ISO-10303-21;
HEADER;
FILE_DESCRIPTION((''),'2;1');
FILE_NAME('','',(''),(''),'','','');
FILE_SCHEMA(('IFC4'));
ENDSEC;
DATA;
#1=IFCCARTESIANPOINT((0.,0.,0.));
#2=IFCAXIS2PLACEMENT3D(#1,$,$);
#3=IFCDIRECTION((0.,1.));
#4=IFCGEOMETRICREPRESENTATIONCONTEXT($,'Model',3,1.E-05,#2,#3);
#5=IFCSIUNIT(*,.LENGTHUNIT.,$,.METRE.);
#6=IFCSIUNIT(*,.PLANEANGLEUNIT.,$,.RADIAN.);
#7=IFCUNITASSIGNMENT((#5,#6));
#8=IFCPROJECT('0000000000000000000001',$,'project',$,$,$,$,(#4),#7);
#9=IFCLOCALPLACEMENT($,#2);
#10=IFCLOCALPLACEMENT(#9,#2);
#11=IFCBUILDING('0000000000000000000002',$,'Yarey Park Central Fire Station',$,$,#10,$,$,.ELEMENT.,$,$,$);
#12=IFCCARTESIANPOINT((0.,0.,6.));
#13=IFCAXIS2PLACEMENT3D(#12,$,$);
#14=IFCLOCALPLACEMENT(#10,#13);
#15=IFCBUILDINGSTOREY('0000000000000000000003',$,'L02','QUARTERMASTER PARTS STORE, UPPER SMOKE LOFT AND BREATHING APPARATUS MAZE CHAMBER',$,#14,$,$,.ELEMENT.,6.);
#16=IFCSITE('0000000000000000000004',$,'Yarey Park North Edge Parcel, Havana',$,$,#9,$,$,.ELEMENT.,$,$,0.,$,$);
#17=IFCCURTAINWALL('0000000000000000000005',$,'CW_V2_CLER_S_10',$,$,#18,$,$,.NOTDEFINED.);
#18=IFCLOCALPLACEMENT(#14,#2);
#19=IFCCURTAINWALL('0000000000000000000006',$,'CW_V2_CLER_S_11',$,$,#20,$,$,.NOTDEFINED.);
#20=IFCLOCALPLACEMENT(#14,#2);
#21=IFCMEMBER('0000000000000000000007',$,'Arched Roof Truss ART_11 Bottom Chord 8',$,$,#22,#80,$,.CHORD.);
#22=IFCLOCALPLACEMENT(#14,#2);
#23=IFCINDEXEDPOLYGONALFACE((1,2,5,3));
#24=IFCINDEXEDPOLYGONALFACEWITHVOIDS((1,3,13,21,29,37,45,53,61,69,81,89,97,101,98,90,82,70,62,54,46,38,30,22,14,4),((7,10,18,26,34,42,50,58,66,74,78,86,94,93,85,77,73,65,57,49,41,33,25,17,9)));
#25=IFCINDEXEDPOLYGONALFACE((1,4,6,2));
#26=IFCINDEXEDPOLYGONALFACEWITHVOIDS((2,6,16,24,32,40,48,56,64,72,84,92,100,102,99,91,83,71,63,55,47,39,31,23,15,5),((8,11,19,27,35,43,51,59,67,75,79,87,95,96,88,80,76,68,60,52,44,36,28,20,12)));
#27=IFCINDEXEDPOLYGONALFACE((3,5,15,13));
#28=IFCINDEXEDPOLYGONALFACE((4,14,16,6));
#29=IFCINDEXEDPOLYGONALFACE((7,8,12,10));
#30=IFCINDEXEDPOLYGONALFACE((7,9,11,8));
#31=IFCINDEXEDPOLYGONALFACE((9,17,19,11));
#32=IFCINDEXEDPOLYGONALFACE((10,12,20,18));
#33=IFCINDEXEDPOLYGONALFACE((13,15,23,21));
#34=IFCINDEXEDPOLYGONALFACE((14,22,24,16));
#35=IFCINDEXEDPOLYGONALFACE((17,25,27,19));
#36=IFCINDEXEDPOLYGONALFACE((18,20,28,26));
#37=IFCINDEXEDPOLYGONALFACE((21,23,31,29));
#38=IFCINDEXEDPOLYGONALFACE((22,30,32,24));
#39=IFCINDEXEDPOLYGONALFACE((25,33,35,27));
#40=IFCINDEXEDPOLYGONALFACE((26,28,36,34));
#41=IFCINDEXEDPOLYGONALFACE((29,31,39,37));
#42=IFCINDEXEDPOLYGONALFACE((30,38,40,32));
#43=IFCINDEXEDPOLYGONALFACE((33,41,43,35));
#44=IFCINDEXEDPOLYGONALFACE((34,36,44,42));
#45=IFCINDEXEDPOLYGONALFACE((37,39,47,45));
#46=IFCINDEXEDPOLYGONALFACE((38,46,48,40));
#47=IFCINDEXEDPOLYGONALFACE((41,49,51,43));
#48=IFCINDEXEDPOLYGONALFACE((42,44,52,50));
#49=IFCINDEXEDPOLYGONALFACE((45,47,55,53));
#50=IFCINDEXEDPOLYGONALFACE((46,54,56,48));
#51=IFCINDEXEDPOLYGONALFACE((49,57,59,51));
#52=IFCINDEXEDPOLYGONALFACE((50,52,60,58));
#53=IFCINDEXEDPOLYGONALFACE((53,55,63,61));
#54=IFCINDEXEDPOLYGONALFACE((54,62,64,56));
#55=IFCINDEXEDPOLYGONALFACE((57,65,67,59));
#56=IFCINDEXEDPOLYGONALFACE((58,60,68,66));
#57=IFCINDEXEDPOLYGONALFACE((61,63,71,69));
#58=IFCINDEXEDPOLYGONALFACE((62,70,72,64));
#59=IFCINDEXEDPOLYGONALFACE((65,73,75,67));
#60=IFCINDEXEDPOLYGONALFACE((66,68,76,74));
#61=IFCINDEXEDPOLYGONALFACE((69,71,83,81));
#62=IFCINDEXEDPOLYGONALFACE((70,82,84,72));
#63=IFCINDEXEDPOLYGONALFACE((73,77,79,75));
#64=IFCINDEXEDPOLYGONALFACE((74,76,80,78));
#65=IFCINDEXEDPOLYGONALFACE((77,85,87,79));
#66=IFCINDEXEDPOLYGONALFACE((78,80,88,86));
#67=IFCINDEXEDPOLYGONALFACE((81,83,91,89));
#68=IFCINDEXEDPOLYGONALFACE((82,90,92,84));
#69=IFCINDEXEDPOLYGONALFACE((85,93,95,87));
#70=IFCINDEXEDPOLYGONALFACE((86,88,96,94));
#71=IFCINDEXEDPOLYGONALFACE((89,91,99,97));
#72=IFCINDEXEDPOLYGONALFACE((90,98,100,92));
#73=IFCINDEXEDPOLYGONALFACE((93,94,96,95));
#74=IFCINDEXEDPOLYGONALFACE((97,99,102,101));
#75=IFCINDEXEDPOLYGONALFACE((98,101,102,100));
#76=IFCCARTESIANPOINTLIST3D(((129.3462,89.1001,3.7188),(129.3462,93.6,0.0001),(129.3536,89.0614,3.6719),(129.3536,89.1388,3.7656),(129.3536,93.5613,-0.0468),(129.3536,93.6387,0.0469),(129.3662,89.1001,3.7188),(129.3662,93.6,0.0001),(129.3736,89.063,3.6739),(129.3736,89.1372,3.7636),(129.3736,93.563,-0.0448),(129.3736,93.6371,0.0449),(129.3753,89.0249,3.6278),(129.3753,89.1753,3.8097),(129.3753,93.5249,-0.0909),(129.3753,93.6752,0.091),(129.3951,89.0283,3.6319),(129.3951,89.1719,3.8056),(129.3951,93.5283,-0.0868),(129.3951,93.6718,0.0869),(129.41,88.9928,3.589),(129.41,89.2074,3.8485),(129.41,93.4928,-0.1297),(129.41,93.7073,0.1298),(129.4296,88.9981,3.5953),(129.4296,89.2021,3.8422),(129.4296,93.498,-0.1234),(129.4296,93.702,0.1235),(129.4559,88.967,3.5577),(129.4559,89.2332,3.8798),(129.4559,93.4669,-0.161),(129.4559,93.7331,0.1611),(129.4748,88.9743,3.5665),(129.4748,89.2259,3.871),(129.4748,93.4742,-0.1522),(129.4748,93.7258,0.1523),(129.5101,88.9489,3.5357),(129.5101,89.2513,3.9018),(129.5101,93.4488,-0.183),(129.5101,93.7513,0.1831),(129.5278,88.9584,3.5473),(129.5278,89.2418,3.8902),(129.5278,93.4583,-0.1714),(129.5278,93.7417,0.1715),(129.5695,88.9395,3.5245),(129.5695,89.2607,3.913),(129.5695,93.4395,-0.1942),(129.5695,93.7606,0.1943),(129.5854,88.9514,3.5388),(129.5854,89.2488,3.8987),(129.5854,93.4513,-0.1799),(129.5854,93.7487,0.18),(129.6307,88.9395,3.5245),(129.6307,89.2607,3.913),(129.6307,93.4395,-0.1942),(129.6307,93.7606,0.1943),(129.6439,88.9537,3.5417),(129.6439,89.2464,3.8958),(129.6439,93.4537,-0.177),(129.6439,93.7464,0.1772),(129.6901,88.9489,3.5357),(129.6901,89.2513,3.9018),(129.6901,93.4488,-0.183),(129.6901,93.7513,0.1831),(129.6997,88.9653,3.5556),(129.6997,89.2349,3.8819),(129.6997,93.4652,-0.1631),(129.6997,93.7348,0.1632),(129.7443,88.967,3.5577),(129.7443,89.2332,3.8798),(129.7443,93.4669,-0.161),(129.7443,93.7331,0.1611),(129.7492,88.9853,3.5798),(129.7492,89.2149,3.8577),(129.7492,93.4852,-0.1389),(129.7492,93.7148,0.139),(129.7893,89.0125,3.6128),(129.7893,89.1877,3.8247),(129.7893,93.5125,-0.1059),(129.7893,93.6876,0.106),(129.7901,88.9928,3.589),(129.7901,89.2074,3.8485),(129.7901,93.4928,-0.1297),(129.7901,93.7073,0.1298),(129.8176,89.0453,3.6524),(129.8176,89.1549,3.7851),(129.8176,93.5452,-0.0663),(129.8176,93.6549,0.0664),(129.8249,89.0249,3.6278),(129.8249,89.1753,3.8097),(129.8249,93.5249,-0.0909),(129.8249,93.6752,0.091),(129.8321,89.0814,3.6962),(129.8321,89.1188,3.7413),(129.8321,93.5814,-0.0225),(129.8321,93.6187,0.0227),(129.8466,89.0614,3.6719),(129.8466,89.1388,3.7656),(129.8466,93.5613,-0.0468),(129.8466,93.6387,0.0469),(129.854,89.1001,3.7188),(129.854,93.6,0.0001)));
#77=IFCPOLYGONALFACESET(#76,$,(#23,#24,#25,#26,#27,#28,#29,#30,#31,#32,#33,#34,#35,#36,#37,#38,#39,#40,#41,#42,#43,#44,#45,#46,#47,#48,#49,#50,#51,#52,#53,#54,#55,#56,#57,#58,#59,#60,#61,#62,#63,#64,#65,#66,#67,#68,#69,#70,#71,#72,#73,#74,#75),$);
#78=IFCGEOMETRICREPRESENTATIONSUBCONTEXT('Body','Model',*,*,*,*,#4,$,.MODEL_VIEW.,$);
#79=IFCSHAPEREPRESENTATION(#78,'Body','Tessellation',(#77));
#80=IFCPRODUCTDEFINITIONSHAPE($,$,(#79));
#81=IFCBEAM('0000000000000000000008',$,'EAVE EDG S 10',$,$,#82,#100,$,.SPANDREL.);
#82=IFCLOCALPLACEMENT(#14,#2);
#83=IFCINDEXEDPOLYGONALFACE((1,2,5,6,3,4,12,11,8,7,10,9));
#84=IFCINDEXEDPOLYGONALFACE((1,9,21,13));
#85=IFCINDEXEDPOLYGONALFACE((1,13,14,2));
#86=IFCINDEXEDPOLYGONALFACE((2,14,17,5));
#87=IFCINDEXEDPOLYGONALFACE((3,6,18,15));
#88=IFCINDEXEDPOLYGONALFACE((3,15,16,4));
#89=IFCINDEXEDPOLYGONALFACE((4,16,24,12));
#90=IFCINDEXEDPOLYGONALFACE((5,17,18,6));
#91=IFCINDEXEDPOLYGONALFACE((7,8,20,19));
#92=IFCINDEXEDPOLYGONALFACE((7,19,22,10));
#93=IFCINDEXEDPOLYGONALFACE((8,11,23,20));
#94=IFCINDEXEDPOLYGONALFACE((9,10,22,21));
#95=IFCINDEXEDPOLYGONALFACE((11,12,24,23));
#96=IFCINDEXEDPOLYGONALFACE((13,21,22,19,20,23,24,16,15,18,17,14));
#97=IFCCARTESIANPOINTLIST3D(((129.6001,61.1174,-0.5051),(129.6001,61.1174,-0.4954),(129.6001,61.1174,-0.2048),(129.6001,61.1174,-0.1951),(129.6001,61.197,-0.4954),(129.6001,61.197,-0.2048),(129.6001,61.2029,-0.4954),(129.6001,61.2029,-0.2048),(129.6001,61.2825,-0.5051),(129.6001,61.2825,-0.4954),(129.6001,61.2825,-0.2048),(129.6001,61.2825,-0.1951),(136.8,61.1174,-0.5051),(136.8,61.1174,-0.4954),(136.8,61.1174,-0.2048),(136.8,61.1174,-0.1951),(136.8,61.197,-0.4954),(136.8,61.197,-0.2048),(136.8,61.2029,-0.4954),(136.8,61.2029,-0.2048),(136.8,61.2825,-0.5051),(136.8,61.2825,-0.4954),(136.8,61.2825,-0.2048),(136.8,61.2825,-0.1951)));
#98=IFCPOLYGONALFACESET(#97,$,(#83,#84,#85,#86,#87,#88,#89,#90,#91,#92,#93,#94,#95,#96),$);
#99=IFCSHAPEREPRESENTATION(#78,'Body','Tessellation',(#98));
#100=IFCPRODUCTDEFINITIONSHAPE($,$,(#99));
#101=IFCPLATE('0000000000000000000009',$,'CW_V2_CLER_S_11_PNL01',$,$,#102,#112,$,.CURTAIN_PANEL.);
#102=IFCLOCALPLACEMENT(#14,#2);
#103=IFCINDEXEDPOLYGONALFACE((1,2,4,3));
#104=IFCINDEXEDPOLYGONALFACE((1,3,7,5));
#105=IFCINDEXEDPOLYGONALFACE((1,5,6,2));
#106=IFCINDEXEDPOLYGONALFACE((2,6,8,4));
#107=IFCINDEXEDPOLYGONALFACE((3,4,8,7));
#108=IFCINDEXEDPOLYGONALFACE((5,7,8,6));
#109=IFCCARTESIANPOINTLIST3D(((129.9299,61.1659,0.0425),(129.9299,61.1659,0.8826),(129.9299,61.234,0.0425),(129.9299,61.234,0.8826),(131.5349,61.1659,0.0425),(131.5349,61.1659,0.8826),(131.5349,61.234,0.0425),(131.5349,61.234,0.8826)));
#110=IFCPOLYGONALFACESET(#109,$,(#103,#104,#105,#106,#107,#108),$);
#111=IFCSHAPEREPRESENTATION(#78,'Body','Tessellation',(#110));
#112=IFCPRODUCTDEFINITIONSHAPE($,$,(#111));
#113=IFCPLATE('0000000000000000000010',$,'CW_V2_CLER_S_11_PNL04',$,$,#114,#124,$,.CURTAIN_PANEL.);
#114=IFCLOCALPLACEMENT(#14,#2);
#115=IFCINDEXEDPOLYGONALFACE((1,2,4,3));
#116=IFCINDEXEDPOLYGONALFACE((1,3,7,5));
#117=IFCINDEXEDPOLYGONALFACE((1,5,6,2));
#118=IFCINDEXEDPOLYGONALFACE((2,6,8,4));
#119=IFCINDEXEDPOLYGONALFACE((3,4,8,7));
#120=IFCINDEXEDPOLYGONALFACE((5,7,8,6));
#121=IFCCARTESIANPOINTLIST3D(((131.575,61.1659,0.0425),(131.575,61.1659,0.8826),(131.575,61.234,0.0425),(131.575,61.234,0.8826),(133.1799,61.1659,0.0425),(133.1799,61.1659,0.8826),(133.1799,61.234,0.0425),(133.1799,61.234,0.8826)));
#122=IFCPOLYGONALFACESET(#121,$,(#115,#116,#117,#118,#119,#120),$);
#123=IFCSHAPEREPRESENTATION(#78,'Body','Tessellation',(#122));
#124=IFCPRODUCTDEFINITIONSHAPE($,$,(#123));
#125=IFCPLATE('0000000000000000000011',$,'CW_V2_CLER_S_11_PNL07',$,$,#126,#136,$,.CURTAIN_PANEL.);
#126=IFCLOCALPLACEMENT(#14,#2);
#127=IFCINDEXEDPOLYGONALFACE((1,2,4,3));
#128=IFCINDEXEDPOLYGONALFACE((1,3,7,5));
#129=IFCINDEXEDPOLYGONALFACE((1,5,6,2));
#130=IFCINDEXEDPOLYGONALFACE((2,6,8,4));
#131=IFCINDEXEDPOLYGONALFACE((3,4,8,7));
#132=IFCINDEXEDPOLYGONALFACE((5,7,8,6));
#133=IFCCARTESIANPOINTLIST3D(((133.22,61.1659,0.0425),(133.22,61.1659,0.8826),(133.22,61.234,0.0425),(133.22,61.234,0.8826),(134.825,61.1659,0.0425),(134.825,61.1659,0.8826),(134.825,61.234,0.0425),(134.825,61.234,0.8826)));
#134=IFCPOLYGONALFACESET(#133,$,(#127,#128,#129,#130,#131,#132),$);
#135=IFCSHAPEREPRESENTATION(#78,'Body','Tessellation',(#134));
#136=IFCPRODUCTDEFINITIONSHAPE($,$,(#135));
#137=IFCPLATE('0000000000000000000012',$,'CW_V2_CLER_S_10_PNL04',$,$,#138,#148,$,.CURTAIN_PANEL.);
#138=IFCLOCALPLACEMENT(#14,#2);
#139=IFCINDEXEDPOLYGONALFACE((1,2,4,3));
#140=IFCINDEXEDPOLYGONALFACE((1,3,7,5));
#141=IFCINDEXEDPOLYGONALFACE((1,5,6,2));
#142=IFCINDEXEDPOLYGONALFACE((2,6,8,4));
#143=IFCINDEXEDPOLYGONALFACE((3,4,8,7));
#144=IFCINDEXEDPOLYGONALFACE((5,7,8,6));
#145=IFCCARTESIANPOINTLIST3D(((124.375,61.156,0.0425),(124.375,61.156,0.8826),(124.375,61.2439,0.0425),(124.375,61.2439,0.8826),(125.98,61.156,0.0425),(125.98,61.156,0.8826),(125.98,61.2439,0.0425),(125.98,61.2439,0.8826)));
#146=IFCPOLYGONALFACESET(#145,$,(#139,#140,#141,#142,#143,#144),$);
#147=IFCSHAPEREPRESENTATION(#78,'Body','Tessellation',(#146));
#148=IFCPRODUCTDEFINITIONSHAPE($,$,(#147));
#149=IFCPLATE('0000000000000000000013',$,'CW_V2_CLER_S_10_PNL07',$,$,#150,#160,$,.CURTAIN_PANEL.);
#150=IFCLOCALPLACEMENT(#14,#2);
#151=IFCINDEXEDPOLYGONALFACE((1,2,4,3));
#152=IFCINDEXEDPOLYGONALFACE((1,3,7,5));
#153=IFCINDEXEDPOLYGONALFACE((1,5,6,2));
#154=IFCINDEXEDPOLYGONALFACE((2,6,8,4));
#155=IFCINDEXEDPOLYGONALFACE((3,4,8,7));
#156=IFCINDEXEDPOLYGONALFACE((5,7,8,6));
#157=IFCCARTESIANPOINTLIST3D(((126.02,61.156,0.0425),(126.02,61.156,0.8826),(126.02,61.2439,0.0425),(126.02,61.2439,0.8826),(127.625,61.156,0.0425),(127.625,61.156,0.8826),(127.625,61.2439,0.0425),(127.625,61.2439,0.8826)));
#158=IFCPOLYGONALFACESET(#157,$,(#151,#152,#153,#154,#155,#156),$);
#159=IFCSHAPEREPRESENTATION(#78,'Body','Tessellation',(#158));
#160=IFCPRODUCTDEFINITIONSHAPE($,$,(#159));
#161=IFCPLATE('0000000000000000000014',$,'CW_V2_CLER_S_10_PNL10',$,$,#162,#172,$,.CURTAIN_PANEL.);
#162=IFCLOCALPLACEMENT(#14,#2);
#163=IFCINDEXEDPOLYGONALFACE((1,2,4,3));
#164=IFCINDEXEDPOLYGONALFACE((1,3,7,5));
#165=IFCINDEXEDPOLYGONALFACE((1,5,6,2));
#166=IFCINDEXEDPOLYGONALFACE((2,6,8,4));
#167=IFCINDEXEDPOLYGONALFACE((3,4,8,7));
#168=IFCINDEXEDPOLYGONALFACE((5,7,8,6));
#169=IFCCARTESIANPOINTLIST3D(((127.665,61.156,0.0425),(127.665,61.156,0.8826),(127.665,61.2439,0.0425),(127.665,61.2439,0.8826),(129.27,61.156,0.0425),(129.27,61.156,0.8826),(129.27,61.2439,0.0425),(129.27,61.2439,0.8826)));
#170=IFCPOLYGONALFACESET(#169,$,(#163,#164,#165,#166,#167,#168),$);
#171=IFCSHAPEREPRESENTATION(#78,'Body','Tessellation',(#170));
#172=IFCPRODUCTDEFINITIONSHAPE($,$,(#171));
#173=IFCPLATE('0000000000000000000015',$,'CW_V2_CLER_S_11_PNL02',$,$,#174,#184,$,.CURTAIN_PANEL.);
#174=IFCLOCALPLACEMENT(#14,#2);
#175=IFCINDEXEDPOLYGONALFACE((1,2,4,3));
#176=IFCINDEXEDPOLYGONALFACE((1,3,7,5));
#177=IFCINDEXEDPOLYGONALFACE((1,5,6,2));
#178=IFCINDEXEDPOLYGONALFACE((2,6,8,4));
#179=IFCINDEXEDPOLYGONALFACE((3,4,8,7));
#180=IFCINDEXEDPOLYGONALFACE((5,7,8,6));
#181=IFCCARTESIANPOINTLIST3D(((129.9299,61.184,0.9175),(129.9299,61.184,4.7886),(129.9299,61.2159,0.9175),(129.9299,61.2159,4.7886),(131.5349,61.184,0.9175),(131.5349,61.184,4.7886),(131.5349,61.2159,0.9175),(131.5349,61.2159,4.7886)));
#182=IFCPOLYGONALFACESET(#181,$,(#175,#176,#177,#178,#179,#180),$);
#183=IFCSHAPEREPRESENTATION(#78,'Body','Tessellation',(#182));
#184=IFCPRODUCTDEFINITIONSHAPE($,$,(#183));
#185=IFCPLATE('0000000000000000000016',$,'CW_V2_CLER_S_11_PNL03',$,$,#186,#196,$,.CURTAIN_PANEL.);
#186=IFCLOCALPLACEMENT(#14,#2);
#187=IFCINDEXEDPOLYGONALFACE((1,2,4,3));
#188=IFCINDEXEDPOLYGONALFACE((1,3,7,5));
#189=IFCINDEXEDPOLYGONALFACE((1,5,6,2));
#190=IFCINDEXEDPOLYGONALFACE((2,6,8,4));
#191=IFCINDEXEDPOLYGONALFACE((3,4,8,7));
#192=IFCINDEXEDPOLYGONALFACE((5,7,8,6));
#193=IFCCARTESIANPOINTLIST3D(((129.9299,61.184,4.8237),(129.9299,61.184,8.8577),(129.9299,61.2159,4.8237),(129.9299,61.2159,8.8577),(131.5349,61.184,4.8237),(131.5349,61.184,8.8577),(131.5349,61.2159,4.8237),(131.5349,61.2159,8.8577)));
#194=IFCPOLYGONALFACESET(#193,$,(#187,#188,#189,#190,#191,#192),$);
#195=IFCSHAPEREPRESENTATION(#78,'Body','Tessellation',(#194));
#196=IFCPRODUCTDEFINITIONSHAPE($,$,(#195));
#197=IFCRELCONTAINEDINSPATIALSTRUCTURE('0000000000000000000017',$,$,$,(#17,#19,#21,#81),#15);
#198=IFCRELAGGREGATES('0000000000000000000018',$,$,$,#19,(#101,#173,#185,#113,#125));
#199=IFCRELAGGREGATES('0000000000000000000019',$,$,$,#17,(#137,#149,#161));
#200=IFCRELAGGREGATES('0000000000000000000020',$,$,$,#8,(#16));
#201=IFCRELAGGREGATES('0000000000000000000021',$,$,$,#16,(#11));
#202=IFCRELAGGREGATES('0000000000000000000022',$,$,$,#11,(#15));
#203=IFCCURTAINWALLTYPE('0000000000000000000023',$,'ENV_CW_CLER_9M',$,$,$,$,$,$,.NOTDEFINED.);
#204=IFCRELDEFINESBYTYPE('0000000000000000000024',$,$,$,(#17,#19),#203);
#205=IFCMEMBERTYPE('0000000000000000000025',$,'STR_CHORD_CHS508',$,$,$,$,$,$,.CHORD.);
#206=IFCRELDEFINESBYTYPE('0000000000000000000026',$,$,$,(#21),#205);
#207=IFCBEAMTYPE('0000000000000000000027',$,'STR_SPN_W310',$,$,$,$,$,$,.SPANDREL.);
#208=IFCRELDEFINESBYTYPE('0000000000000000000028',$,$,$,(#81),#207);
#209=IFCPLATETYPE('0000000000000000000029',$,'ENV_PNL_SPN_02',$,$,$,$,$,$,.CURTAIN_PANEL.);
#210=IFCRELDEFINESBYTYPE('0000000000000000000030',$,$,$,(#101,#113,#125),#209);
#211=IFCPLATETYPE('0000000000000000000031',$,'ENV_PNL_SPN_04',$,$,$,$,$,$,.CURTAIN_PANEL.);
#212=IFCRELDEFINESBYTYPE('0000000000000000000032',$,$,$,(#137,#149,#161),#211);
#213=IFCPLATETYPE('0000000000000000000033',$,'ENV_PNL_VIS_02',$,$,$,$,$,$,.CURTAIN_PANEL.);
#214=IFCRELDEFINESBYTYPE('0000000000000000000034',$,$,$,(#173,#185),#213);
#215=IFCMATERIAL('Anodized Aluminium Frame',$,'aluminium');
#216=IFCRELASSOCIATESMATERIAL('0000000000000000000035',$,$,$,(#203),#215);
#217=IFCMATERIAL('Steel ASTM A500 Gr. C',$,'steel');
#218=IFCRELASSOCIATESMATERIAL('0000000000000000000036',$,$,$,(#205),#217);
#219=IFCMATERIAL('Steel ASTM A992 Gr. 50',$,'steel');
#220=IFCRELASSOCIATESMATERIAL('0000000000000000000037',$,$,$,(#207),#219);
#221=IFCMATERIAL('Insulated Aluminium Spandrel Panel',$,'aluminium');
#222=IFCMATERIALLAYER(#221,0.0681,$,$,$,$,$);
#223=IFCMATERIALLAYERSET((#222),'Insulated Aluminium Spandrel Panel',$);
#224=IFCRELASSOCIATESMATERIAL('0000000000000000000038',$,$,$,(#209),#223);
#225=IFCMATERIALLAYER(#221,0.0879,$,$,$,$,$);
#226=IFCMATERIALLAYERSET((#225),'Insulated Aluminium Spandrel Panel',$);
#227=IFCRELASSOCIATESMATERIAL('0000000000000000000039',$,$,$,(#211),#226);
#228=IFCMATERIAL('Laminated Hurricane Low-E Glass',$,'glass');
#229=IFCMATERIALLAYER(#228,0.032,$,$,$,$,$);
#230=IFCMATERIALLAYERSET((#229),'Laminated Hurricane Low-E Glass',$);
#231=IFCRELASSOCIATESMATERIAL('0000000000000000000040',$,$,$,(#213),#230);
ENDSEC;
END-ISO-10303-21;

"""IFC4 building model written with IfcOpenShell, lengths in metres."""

from ifc_helpers import new_model, si_unit, direction, frame, origin, origin_2d, place, context, subcontext, project, spatial, rectangle, hollow_circle, i_section, extrude, material, layer, layer_set, material_profile, profile_set, type_object, element, aggregate, save


model = new_model("IFC4")

# Units and contexts
model_context = context("Model", 3, precision=1e-05, world=origin(), true_north=direction((0.0, 1.0)))
body_context = subcontext(model_context, "Body", "Model", "MODEL_VIEW")
ifc_project = project(units=[si_unit("LENGTHUNIT", "METRE"), si_unit("PLANEANGLEUNIT", "RADIAN")], contexts=[model_context])

# Site, building, storey
site_placement = place(None, origin())
site = spatial("IfcSite", under=ifc_project, at=site_placement, Name="Yarey Park North Edge Parcel, Havana", CompositionType="ELEMENT", RefElevation=0.0)
building_placement = place(site_placement, origin())
building = spatial("IfcBuilding", under=site, at=building_placement, Name="Yarey Park Central Fire Station", CompositionType="ELEMENT")
storey_placement = place(building_placement, frame((0.0, 0.0, 6.0)))
storey = spatial("IfcBuildingStorey", under=building, at=storey_placement, Name="L02", Description="QUARTERMASTER PARTS STORE, UPPER SMOKE LOFT AND BREATHING APPARATUS MAZE CHAMBER", CompositionType="ELEMENT", Elevation=6.0)

# Curtain walls
ifc_material_1 = material(Name="Anodized Aluminium Frame", Category="aluminium")
curtain_wall_type = type_object("IfcCurtainWallType", Name="ENV_CW_CLER_9M", PredefinedType="NOTDEFINED", material=ifc_material_1)
curtain_wall_1_placement = place(storey_placement, origin())
curtain_wall_1 = element("IfcCurtainWall", 1, at=curtain_wall_1_placement, inside=storey, type_object=curtain_wall_type, Name="CW_V2_CLER_S_10", PredefinedType="NOTDEFINED")
curtain_wall_2_placement = place(storey_placement, origin())
curtain_wall_2 = element("IfcCurtainWall", 2, at=curtain_wall_2_placement, inside=storey, type_object=curtain_wall_type, Name="CW_V2_CLER_S_11", PredefinedType="NOTDEFINED")

# Member
ifc_material_2 = material(Name="Steel ASTM A500 Gr. C", Category="steel")
ifc_material_profile_1 = material_profile(ifc_material_2, hollow_circle(Radius=0.2539, WallThickness=0.02, at=origin_2d()), Name="CHS 508x20")
ifc_profile_set_1 = profile_set([ifc_material_profile_1], Name="Steel ASTM A500 Gr. C")
member_type_1 = type_object("IfcMemberType", Name="STR_CHORD_CHS508", PredefinedType="CHORD", material=ifc_profile_set_1)
member_1_placement = place(storey_placement, frame((129.6001, 89.1001, 3.7188), z_axis=(0.0, 0.770847, -0.63702), x_axis=(-1.0, 0.0, 0.0)))
element("IfcMember", 3, at=member_1_placement, inside=storey, type_object=member_type_1, Name="Arched Roof Truss ART_11 Bottom Chord 8", PredefinedType="CHORD", context=body_context, shape_type="SweptSolid", body=[
    extrude(hollow_circle(Radius=0.2539, WallThickness=0.02, at=origin_2d()), origin(), (0.0, 0.0, 1.0), 5.8376),
])

# Beam
ifc_material_3 = material(Name="Steel ASTM A992 Gr. 50", Category="steel")
ifc_material_profile_2 = material_profile(ifc_material_3, i_section(OverallWidth=0.165, OverallDepth=0.3101, WebThickness=0.0059, FlangeThickness=0.0098, at=origin_2d()), Name="W310x39")
ifc_profile_set_2 = profile_set([ifc_material_profile_2], Name="Steel ASTM A992 Gr. 50")
beam_type = type_object("IfcBeamType", Name="STR_SPN_W310", PredefinedType="SPANDREL", material=ifc_profile_set_2)
beam_placement = place(storey_placement, frame((129.6001, 61.2, -0.3501), z_axis=(1.0, 0.0, 0.0), x_axis=(0.0, 1.0, 0.0)))
element("IfcBeam", 4, at=beam_placement, inside=storey, type_object=beam_type, Name="EAVE EDG S 10", PredefinedType="SPANDREL", context=body_context, shape_type="SweptSolid", body=[
    extrude(i_section(OverallWidth=0.165, OverallDepth=0.3101, WebThickness=0.0059, FlangeThickness=0.0098, at=origin_2d()), origin(), (0.0, 0.0, 1.0), 7.2),
])

# Plates
ifc_material_4 = material(Name="Insulated Aluminium Spandrel Panel", Category="aluminium")
ifc_layer_1 = layer(ifc_material_4, 0.0681)
ifc_layer_set_1 = layer_set([ifc_layer_1], Name="Insulated Aluminium Spandrel Panel")
plate_type_1 = type_object("IfcPlateType", Name="ENV_PNL_SPN_02", PredefinedType="CURTAIN_PANEL", material=ifc_layer_set_1)
plate_1_placement = place(storey_placement, frame((130.7324, 61.2, 0.0425), z_axis=(0.0, 0.0, 1.0), x_axis=(1.0, 0.0, 0.0)))
plate_1 = element("IfcPlate", 5, at=plate_1_placement, type_object=plate_type_1, Name="CW_V2_CLER_S_11_PNL01", PredefinedType="CURTAIN_PANEL", context=body_context, shape_type="SweptSolid", body=[
    extrude(rectangle(XDim=1.605, YDim=0.0681, at=origin_2d()), origin(), (0.0, 0.0, 1.0), 0.8401),
])
plate_2_placement = place(storey_placement, frame((132.3774, 61.2, 0.0425), z_axis=(0.0, 0.0, 1.0), x_axis=(1.0, 0.0, 0.0)))
plate_2 = element("IfcPlate", 6, at=plate_2_placement, type_object=plate_type_1, Name="CW_V2_CLER_S_11_PNL04", PredefinedType="CURTAIN_PANEL", context=body_context, shape_type="SweptSolid", body=[
    extrude(rectangle(XDim=1.605, YDim=0.0681, at=origin_2d()), origin(), (0.0, 0.0, 1.0), 0.8401),
])
plate_3_placement = place(storey_placement, frame((134.0225, 61.2, 0.0425), z_axis=(0.0, 0.0, 1.0), x_axis=(1.0, 0.0, 0.0)))
plate_3 = element("IfcPlate", 7, at=plate_3_placement, type_object=plate_type_1, Name="CW_V2_CLER_S_11_PNL07", PredefinedType="CURTAIN_PANEL", context=body_context, shape_type="SweptSolid", body=[
    extrude(rectangle(XDim=1.605, YDim=0.0681, at=origin_2d()), origin(), (0.0, 0.0, 1.0), 0.8401),
])
ifc_layer_2 = layer(ifc_material_4, 0.0879)
ifc_layer_set_2 = layer_set([ifc_layer_2], Name="Insulated Aluminium Spandrel Panel")
plate_type_2 = type_object("IfcPlateType", Name="ENV_PNL_SPN_04", PredefinedType="CURTAIN_PANEL", material=ifc_layer_set_2)
plate_4_placement = place(storey_placement, frame((125.1775, 61.2, 0.0425), z_axis=(0.0, 0.0, 1.0), x_axis=(1.0, 0.0, 0.0)))
plate_4 = element("IfcPlate", 8, at=plate_4_placement, type_object=plate_type_2, Name="CW_V2_CLER_S_10_PNL04", PredefinedType="CURTAIN_PANEL", context=body_context, shape_type="SweptSolid", body=[
    extrude(rectangle(XDim=1.605, YDim=0.0879, at=origin_2d()), origin(), (0.0, 0.0, 1.0), 0.8401),
])
plate_5_placement = place(storey_placement, frame((126.8225, 61.2, 0.0425), z_axis=(0.0, 0.0, 1.0), x_axis=(1.0, 0.0, 0.0)))
plate_5 = element("IfcPlate", 9, at=plate_5_placement, type_object=plate_type_2, Name="CW_V2_CLER_S_10_PNL07", PredefinedType="CURTAIN_PANEL", context=body_context, shape_type="SweptSolid", body=[
    extrude(rectangle(XDim=1.605, YDim=0.0879, at=origin_2d()), origin(), (0.0, 0.0, 1.0), 0.8401),
])
plate_6_placement = place(storey_placement, frame((128.4675, 61.2, 0.0425), z_axis=(0.0, 0.0, 1.0), x_axis=(1.0, 0.0, 0.0)))
plate_6 = element("IfcPlate", 10, at=plate_6_placement, type_object=plate_type_2, Name="CW_V2_CLER_S_10_PNL10", PredefinedType="CURTAIN_PANEL", context=body_context, shape_type="SweptSolid", body=[
    extrude(rectangle(XDim=1.605, YDim=0.0879, at=origin_2d()), origin(), (0.0, 0.0, 1.0), 0.8401),
])
ifc_material_5 = material(Name="Laminated Hurricane Low-E Glass", Category="glass")
ifc_layer_3 = layer(ifc_material_5, 0.032)
ifc_layer_set_3 = layer_set([ifc_layer_3], Name="Laminated Hurricane Low-E Glass")
plate_type_3 = type_object("IfcPlateType", Name="ENV_PNL_VIS_02", PredefinedType="CURTAIN_PANEL", material=ifc_layer_set_3)
plate_7_placement = place(storey_placement, frame((130.7324, 61.2, 0.9175), z_axis=(0.0, 0.0, 1.0), x_axis=(1.0, 0.0, 0.0)))
plate_7 = element("IfcPlate", 11, at=plate_7_placement, type_object=plate_type_3, Name="CW_V2_CLER_S_11_PNL02", PredefinedType="CURTAIN_PANEL", context=body_context, shape_type="SweptSolid", body=[
    extrude(rectangle(XDim=1.605, YDim=0.032, at=origin_2d()), origin(), (0.0, 0.0, 1.0), 3.8711),
])
plate_8_placement = place(storey_placement, frame((130.7324, 61.2, 4.8237), z_axis=(0.0, 0.0, 1.0), x_axis=(1.0, 0.0, 0.0)))
plate_8 = element("IfcPlate", 12, at=plate_8_placement, type_object=plate_type_3, Name="CW_V2_CLER_S_11_PNL03", PredefinedType="CURTAIN_PANEL", context=body_context, shape_type="SweptSolid", body=[
    extrude(rectangle(XDim=1.605, YDim=0.032, at=origin_2d()), origin(), (0.0, 0.0, 1.0), 4.0339),
])
aggregate(curtain_wall_2, [plate_1, plate_7, plate_8, plate_2, plate_3])
aggregate(curtain_wall_1, [plate_4, plate_5, plate_6])

save(model, "model.ifc")
